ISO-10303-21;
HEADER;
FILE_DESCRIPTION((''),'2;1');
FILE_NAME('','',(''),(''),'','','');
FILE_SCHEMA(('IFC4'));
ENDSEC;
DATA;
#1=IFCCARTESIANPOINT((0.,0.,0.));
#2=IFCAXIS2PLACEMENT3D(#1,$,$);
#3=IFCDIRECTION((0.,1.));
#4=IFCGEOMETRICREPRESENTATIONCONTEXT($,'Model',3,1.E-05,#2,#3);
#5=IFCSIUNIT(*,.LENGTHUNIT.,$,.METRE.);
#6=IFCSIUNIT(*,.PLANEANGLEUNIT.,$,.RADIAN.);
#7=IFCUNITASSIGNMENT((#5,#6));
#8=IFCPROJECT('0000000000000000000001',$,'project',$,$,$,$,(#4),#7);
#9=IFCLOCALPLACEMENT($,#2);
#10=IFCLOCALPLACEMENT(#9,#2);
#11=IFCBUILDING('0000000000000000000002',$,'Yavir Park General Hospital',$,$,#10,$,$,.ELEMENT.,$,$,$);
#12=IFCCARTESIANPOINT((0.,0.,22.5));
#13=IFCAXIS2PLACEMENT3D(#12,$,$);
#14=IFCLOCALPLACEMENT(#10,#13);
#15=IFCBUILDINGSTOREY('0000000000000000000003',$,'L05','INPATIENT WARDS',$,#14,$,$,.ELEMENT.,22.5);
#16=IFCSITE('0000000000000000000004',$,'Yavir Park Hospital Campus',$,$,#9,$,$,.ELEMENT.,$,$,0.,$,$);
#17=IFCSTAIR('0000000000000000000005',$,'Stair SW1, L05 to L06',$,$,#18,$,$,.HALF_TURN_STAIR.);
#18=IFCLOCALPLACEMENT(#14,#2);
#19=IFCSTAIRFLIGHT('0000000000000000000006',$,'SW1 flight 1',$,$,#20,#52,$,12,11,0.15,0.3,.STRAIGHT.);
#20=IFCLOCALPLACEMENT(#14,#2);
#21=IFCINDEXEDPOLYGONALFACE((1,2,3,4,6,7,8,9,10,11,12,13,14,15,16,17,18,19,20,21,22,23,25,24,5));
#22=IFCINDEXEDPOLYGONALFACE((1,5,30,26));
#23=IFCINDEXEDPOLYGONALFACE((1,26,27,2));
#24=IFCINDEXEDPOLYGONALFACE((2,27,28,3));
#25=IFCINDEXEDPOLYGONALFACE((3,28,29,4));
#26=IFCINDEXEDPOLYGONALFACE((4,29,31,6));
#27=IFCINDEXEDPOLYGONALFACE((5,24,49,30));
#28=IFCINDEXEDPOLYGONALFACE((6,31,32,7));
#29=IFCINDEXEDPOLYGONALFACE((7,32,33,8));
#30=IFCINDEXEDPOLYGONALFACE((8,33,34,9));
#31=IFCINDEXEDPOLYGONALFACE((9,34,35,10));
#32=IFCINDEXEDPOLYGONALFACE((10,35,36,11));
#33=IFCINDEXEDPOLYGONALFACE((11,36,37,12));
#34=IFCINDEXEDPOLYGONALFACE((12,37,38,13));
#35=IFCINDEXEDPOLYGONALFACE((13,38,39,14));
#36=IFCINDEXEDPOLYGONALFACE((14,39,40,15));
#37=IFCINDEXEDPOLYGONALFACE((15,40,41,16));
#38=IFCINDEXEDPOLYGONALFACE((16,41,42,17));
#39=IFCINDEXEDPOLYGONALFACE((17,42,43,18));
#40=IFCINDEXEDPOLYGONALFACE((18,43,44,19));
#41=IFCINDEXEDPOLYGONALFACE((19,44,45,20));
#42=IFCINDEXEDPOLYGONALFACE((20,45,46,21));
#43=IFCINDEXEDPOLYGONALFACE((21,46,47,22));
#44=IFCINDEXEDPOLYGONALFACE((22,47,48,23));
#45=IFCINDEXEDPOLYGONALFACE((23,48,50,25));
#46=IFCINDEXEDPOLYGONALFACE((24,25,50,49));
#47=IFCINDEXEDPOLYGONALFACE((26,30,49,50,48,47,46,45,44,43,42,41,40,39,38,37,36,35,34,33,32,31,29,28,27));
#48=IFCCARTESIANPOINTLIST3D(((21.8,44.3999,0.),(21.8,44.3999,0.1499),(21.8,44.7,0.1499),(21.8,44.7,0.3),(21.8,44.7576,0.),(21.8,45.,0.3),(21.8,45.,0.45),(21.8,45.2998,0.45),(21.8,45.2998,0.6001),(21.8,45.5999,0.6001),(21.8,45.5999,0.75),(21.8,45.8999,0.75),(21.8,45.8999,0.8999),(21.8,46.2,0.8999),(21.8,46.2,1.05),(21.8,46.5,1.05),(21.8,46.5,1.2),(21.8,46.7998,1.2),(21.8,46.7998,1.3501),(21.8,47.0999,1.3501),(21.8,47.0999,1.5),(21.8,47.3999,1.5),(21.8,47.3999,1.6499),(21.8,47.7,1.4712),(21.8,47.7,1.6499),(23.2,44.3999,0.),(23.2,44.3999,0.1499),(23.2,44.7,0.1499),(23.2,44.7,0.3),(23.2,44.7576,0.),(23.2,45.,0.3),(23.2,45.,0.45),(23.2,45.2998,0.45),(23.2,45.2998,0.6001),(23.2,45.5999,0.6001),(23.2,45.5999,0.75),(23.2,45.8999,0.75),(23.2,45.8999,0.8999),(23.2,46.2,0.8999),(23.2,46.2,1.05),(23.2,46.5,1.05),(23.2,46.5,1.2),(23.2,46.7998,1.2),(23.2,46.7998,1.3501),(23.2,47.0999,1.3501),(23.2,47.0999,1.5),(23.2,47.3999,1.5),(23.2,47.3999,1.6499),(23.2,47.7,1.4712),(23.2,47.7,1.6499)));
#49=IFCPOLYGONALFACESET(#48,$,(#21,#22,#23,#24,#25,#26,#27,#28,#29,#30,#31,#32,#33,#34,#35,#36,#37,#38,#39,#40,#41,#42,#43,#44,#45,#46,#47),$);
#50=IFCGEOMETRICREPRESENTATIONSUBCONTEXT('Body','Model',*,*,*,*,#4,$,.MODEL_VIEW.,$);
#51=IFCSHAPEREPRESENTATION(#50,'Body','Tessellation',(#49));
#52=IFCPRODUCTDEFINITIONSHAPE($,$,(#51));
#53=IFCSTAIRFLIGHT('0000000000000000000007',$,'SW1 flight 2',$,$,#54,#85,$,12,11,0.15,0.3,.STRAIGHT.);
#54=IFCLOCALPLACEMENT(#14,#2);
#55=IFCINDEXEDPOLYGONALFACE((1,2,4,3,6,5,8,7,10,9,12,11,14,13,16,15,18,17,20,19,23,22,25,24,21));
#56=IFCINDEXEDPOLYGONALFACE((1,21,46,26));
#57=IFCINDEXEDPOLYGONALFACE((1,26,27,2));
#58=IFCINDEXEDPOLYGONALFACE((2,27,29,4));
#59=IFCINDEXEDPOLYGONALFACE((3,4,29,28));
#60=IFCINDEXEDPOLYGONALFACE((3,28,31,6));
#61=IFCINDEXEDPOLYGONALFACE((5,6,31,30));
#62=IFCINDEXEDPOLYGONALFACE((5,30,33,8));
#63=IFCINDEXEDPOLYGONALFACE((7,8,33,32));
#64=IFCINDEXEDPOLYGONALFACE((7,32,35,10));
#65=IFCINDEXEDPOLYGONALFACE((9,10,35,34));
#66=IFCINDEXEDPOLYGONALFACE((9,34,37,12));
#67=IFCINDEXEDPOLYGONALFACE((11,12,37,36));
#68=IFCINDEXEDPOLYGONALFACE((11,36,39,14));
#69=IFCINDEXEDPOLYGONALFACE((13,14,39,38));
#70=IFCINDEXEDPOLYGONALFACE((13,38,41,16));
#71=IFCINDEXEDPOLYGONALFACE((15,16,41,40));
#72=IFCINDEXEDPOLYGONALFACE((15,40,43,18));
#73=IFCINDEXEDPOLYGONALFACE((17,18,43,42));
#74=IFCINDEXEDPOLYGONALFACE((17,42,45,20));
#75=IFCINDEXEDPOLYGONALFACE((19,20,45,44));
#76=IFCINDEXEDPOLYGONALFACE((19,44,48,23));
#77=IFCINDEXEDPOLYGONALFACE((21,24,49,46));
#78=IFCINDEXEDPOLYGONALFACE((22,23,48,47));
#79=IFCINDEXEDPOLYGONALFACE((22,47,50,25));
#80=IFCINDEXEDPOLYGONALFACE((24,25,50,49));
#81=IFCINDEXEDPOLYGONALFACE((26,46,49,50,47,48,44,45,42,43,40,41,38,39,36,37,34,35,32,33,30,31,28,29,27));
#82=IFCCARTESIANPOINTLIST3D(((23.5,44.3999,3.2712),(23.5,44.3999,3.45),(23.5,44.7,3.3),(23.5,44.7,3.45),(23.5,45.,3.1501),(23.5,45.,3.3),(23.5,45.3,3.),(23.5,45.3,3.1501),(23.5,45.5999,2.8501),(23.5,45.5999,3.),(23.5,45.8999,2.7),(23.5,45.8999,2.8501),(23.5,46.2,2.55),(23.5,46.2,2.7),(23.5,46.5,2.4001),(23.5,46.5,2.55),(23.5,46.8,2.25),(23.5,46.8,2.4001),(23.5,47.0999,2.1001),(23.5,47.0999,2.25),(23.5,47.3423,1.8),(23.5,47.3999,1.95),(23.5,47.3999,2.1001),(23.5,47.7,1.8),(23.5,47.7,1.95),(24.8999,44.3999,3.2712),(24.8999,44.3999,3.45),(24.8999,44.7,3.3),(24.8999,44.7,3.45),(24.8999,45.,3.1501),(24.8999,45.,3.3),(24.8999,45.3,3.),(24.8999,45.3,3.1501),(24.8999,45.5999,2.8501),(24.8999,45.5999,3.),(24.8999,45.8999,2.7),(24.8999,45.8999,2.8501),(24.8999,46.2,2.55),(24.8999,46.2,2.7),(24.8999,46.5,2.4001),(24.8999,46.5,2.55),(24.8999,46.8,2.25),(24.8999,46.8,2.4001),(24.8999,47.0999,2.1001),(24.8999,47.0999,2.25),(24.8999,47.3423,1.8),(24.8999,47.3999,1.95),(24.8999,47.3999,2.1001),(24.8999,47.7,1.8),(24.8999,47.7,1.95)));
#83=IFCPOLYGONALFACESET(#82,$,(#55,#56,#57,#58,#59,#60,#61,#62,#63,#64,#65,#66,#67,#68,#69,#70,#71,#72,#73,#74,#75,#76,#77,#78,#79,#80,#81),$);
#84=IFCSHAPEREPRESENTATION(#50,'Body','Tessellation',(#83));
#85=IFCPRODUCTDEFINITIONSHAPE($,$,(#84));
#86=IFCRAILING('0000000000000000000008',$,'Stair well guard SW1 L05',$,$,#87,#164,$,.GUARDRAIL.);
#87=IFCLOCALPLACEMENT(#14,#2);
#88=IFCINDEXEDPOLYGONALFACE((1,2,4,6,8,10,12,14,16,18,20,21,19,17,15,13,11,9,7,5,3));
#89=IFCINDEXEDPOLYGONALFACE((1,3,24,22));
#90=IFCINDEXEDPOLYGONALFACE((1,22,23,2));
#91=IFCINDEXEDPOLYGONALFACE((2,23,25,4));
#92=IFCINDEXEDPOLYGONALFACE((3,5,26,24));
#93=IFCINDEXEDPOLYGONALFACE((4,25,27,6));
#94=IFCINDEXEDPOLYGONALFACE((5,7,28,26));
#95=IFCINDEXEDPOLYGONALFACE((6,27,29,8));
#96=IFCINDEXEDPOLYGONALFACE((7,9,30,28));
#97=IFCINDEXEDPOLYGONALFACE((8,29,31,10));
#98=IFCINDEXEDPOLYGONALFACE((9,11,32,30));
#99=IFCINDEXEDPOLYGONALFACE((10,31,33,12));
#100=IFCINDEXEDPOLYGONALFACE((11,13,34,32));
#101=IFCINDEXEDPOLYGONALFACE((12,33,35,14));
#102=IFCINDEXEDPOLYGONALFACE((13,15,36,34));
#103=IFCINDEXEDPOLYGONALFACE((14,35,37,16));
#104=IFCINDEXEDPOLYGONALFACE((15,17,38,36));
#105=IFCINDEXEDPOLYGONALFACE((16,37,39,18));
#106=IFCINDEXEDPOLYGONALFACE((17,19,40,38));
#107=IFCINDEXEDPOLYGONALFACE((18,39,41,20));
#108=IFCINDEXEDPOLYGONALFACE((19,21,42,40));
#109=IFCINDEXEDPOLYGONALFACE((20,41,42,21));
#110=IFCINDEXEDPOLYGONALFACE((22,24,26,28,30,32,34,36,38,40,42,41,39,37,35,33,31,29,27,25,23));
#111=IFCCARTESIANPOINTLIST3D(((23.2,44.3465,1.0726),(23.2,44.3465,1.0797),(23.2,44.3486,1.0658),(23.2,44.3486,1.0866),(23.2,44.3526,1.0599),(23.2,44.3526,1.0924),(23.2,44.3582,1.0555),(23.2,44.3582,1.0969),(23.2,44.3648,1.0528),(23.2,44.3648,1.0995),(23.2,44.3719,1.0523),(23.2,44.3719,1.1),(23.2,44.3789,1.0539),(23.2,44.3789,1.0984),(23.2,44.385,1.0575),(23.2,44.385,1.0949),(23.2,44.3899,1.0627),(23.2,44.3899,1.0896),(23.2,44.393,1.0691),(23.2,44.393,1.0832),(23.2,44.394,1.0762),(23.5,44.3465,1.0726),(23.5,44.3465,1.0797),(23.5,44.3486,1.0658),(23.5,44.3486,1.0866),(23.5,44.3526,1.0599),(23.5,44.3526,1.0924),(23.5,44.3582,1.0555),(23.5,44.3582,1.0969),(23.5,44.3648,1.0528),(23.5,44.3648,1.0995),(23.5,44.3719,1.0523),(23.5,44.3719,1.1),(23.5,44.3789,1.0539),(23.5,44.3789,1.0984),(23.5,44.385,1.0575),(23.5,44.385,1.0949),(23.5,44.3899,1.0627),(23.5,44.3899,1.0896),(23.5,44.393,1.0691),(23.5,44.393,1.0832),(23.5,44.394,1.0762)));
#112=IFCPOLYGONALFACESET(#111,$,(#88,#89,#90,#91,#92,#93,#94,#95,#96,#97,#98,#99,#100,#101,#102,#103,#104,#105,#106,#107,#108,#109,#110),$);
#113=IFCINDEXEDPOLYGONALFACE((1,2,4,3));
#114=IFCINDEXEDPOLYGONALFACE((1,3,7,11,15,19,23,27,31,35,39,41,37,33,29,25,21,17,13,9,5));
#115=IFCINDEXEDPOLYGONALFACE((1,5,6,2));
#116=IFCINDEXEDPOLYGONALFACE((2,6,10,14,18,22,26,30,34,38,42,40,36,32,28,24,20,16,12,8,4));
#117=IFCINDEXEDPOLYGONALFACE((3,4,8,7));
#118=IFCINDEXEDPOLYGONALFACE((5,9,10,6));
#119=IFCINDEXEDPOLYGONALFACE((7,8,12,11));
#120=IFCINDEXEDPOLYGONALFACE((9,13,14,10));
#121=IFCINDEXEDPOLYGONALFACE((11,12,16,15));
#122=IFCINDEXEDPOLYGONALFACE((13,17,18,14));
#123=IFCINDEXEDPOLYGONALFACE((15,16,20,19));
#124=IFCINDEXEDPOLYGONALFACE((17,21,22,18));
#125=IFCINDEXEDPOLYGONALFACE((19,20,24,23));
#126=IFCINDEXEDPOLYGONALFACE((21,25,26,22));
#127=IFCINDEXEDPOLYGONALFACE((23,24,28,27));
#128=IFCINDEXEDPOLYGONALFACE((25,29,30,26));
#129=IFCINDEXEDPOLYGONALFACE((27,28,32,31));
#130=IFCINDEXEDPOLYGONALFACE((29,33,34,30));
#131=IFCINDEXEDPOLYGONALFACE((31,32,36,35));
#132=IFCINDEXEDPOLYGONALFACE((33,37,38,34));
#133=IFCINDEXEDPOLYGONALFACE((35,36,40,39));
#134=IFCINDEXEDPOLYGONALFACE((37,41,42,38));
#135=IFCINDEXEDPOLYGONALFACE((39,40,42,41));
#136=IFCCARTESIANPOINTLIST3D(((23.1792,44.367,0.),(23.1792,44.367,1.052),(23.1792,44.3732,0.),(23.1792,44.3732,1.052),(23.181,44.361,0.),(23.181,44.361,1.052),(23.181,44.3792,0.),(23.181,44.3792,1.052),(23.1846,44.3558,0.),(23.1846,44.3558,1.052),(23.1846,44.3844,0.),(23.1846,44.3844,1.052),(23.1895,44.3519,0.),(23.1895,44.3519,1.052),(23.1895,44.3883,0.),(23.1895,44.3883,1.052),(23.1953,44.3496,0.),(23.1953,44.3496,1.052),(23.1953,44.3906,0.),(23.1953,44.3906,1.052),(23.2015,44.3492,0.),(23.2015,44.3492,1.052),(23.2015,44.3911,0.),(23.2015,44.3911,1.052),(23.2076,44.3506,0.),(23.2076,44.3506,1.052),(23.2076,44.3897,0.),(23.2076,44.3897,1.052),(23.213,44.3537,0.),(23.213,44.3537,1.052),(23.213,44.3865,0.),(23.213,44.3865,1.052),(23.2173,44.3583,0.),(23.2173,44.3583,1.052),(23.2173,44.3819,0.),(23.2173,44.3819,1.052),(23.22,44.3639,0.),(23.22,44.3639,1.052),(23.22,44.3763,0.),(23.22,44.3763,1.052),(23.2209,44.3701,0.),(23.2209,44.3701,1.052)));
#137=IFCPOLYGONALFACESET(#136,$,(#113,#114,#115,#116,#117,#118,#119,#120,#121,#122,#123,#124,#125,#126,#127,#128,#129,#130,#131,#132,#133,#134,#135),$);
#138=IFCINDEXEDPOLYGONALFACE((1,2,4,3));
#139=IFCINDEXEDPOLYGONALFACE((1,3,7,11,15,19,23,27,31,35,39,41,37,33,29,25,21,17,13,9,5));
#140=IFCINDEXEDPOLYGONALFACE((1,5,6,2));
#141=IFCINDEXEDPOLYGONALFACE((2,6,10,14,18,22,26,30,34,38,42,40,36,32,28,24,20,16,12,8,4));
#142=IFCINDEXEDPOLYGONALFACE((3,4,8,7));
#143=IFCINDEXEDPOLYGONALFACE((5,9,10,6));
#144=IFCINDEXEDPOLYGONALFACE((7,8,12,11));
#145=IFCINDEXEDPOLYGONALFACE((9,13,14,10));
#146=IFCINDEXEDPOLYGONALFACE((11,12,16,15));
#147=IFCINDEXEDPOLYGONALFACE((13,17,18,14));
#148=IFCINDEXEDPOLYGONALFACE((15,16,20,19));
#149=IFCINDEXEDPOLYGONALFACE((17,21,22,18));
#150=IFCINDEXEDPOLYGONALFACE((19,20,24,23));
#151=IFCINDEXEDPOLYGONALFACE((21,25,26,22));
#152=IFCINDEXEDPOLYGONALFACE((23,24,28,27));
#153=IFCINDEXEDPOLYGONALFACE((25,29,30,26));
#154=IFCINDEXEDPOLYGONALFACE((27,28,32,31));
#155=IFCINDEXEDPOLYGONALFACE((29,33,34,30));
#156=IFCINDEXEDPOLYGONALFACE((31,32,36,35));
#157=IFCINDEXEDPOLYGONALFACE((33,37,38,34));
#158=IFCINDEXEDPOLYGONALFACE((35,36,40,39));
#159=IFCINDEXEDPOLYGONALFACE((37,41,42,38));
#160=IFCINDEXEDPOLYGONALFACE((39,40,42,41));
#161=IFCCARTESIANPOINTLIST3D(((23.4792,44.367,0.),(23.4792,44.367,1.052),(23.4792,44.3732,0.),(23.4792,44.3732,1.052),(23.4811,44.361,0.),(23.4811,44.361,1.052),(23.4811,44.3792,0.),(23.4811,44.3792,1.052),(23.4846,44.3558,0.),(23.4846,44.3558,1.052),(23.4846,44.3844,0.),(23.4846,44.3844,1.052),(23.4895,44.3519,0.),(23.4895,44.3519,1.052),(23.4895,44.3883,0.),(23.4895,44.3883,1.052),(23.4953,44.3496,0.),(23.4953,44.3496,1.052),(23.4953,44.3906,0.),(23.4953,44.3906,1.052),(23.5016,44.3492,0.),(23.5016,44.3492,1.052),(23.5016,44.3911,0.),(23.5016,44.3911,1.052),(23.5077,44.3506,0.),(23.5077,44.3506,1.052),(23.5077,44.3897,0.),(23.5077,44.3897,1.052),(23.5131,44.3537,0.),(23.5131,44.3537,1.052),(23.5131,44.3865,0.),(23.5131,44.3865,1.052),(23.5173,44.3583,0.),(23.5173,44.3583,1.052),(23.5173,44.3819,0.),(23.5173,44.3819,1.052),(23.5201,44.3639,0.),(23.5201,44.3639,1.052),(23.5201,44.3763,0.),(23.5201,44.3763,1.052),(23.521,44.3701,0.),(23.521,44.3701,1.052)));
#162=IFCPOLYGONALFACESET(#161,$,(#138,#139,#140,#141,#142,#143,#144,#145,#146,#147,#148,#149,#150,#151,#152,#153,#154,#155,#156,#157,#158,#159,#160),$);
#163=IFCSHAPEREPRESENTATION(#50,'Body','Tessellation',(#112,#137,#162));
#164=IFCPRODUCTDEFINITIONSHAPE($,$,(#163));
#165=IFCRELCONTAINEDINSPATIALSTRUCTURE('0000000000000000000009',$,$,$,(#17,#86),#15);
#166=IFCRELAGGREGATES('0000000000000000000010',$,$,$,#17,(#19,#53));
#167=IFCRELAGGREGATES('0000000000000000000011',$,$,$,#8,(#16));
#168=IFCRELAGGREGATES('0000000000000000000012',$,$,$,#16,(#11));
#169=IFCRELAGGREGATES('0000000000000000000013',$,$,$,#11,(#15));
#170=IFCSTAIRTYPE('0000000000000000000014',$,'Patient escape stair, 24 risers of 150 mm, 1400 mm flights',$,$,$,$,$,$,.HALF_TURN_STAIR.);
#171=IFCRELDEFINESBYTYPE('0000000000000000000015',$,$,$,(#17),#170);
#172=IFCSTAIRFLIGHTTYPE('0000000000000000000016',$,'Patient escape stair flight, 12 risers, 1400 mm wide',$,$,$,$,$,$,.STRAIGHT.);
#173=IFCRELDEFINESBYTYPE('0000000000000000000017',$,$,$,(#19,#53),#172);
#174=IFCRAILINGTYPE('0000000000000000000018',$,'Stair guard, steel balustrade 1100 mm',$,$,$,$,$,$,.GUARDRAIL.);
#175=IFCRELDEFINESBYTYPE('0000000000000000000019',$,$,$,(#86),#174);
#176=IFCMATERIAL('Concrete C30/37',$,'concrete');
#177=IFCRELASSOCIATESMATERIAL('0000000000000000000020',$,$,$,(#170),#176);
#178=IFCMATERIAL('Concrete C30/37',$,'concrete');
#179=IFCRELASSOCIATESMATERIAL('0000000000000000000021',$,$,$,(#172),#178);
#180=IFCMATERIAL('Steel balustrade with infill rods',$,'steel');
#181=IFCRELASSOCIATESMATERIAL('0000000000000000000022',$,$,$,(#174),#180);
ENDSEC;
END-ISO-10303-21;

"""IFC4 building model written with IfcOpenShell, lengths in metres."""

from ifc_helpers import new_model, si_unit, direction, frame, origin, origin_2d, place, context, subcontext, project, spatial, polyline, circle, outline, extrude, material, type_object, element, aggregate, save


model = new_model("IFC4")

# Units and contexts
model_context = context("Model", 3, precision=1e-05, world=origin(), true_north=direction((0.0, 1.0)))
body_context = subcontext(model_context, "Body", "Model", "MODEL_VIEW")
ifc_project = project(units=[si_unit("LENGTHUNIT", "METRE"), si_unit("PLANEANGLEUNIT", "RADIAN")], contexts=[model_context])

# Site, building, storey
site_placement = place(None, origin())
site = spatial("IfcSite", under=ifc_project, at=site_placement, Name="Yavir Park Hospital Campus", CompositionType="ELEMENT", RefElevation=0.0)
building_placement = place(site_placement, origin())
building = spatial("IfcBuilding", under=site, at=building_placement, Name="Yavir Park General Hospital", CompositionType="ELEMENT")
storey_placement = place(building_placement, frame((0.0, 0.0, 22.5)))
storey = spatial("IfcBuildingStorey", under=building, at=storey_placement, Name="L05", Description="INPATIENT WARDS", CompositionType="ELEMENT", Elevation=22.5)

# Stair, stair flights
ifc_material_1 = material(Name="Concrete C30/37", Category="concrete")
stair_type = type_object("IfcStairType", Name="Patient escape stair, 24 risers of 150 mm, 1400 mm flights", PredefinedType="HALF_TURN_STAIR", material=ifc_material_1)
stair_placement = place(storey_placement, origin())
stair = element("IfcStair", 1, at=stair_placement, inside=storey, type_object=stair_type, Name="Stair SW1, L05 to L06", PredefinedType="HALF_TURN_STAIR")
ifc_material_2 = material(Name="Concrete C30/37", Category="concrete")
stair_flight_type = type_object("IfcStairFlightType", Name="Patient escape stair flight, 12 risers, 1400 mm wide", PredefinedType="STRAIGHT", material=ifc_material_2)
stair_flight_1_placement = place(storey_placement, frame((22.5, 44.3999, 0.0), z_axis=(0.0, 0.0, 1.0), x_axis=(0.0, 1.0, 0.0)))
stair_flight_1 = element("IfcStairFlight", 2, at=stair_flight_1_placement, type_object=stair_flight_type, Name="SW1 flight 1", NumberOfRisers=12, NumberOfTreads=11, PredefinedType="STRAIGHT", RiserHeight=0.15, TreadLength=0.3, context=body_context, shape_type="SweptSolid", body=[
    extrude(outline(polyline([(0.0, 0.0), (0.0, 0.1499), (0.3, 0.1499), (0.3, 0.3), (0.6001, 0.3), (0.6001, 0.45), (0.8999, 0.45), (0.8999, 0.6001), (1.2, 0.6001), (1.2, 0.75), (1.5, 0.75), (1.5, 0.8999), (1.8, 0.8999), (1.8, 1.05), (2.1001, 1.05), (2.1001, 1.2), (2.3999, 1.2), (2.3999, 1.3501), (2.7, 1.3501), (2.7, 1.5), (3.0, 1.5), (3.0, 1.6499), (3.3, 1.6499), (3.3, 1.8), (3.3, 1.4712), (0.3577, 0.0), (0.0, 0.0)])), frame((0.0, 0.7, 0.0), z_axis=(0.0, -1.0, 0.0), x_axis=(1.0, 0.0, 0.0)), (0.0, 0.0, 1.0), 1.3999),
])
stair_flight_2_placement = place(storey_placement, frame((24.2, 47.7, 1.8), z_axis=(0.0, 0.0, 1.0), x_axis=(0.0, -1.0, 0.0)))
stair_flight_2 = element("IfcStairFlight", 3, at=stair_flight_2_placement, type_object=stair_flight_type, Name="SW1 flight 2", NumberOfRisers=12, NumberOfTreads=11, PredefinedType="STRAIGHT", RiserHeight=0.15, TreadLength=0.3, context=body_context, shape_type="SweptSolid", body=[
    extrude(outline(polyline([(0.0, 0.0), (0.0, 0.1499), (0.3, 0.1499), (0.3, 0.3), (0.6001, 0.3), (0.6001, 0.45), (0.8999, 0.45), (0.8999, 0.6001), (1.2, 0.6001), (1.2, 0.75), (1.5, 0.75), (1.5, 0.8999), (1.8, 0.8999), (1.8, 1.05), (2.1001, 1.05), (2.1001, 1.2), (2.3999, 1.2), (2.3999, 1.3501), (2.7, 1.3501), (2.7, 1.5), (3.0, 1.5), (3.0, 1.6499), (3.3, 1.6499), (3.3, 1.8), (3.3, 1.4712), (0.3577, 0.0), (0.0, 0.0)])), frame((0.0, 0.7, 0.0), z_axis=(0.0, -1.0, 0.0), x_axis=(1.0, 0.0, 0.0)), (0.0, 0.0, 1.0), 1.3999),
])
aggregate(stair, [stair_flight_1, stair_flight_2])

# Railing
ifc_material_3 = material(Name="Steel balustrade with infill rods", Category="steel")
railing_type_1 = type_object("IfcRailingType", Name="Stair guard, steel balustrade 1100 mm", PredefinedType="GUARDRAIL", material=ifc_material_3)
railing_1_placement = place(storey_placement, frame((23.2, 44.3701, 0.0)))
element("IfcRailing", 4, at=railing_1_placement, inside=storey, type_object=railing_type_1, Name="Stair well guard SW1 L05", PredefinedType="GUARDRAIL", context=body_context, shape_type="SweptSolid", body=[
    extrude(circle(Radius=0.0239, at=origin_2d()), frame((0.0, 0.0, 1.0762), z_axis=(1.0, 0.0, 0.0), x_axis=(0.0, 1.0, 0.0)), (0.0, 0.0, 1.0), 0.3),
    extrude(circle(Radius=0.021, at=origin_2d()), origin(), (0.0, 0.0, 1.0), 1.052),
    extrude(circle(Radius=0.021, at=origin_2d()), frame((0.3, 0.0, 0.0)), (0.0, 0.0, 1.0), 1.052),
])

save(model, "model.ifc")
